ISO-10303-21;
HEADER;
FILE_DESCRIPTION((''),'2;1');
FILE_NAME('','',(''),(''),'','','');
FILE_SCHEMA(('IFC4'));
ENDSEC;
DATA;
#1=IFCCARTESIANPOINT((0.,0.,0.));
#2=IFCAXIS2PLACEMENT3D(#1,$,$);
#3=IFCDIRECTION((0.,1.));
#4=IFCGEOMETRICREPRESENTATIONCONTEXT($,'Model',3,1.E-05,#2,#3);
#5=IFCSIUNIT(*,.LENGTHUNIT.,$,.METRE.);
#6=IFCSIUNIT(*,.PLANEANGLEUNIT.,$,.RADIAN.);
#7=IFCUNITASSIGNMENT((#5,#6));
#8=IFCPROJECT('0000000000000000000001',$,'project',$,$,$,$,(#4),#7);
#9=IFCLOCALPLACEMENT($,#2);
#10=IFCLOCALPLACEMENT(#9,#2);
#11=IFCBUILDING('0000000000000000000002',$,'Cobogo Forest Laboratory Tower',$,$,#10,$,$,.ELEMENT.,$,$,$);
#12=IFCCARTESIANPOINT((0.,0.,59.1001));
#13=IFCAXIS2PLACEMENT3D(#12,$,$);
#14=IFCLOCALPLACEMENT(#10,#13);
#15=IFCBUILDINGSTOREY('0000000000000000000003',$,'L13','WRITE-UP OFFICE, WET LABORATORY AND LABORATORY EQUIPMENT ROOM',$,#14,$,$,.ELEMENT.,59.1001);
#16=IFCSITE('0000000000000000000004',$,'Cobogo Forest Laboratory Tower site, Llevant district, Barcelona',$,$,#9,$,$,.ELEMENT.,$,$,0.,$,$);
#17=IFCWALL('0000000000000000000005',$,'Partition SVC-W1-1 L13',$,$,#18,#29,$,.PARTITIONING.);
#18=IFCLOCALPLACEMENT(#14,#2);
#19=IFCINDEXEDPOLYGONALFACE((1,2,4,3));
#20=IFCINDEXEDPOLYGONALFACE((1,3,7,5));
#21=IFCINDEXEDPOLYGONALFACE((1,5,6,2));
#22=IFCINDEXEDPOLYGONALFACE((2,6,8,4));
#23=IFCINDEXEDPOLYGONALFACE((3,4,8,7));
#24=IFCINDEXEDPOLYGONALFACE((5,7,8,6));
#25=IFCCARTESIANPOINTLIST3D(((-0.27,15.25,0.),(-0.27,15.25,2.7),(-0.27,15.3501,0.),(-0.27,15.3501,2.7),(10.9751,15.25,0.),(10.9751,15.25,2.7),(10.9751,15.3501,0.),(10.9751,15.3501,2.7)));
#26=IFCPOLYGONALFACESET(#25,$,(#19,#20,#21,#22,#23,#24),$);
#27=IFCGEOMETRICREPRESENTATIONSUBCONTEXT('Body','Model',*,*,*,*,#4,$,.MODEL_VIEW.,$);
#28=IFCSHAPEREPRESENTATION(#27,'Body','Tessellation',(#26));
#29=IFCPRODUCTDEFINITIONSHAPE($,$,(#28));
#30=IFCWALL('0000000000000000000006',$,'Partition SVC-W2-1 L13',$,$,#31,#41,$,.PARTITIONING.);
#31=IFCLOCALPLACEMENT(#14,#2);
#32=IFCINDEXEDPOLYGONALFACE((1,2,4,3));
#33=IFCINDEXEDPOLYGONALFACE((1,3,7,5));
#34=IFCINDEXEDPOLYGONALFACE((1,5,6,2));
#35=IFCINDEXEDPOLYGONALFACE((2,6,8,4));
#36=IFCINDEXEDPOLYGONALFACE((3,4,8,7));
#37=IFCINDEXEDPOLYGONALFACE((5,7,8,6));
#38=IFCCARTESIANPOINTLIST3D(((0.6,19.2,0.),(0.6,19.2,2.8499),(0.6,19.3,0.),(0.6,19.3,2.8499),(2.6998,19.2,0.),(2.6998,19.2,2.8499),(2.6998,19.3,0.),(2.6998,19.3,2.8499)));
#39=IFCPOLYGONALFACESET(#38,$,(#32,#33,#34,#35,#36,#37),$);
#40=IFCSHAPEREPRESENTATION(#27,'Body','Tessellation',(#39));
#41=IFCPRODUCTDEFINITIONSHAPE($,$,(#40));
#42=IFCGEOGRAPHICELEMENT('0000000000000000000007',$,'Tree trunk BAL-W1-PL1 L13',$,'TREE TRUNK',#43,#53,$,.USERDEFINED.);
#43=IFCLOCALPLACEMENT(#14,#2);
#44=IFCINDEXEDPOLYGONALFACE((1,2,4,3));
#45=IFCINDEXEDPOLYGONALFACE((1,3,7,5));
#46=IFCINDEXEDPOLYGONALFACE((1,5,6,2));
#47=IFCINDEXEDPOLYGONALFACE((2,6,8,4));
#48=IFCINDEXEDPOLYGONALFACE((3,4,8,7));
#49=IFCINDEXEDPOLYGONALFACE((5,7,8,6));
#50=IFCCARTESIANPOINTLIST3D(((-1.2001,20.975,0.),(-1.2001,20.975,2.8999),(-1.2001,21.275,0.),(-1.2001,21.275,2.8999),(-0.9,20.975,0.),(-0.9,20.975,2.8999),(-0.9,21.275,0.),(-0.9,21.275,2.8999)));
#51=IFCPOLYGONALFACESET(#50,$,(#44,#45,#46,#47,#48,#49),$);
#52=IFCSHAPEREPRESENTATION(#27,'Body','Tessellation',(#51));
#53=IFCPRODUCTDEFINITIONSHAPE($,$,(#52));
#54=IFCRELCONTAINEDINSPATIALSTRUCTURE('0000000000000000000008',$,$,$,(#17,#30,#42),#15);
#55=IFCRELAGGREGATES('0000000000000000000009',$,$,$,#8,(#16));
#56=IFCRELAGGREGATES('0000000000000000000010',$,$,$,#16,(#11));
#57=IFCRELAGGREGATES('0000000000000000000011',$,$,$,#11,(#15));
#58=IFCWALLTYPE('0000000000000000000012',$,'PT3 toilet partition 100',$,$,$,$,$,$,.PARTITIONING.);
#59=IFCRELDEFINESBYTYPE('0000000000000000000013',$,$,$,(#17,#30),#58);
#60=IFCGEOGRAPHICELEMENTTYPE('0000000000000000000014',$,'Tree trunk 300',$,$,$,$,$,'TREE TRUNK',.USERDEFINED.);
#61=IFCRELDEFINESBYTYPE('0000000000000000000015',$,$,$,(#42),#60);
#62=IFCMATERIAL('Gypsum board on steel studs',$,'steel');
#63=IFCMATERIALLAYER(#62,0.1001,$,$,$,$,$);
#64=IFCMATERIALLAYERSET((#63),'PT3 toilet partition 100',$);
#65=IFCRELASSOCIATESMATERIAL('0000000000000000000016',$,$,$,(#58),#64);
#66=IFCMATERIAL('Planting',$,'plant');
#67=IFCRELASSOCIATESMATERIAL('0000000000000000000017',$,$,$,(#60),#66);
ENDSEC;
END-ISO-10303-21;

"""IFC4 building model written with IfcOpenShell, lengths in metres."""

from ifc_helpers import new_model, si_unit, direction, frame, frame_2d, origin, origin_2d, place, context, subcontext, project, spatial, rectangle, extrude, material, layer, layer_set, type_object, element, save


model = new_model("IFC4")

# Units and contexts
model_context = context("Model", 3, precision=1e-05, world=origin(), true_north=direction((0.0, 1.0)))
body_context = subcontext(model_context, "Body", "Model", "MODEL_VIEW")
ifc_project = project(units=[si_unit("LENGTHUNIT", "METRE"), si_unit("PLANEANGLEUNIT", "RADIAN")], contexts=[model_context])

# Site, building, storey
site_placement = place(None, origin())
site = spatial("IfcSite", under=ifc_project, at=site_placement, Name="Cobogo Forest Laboratory Tower site, Llevant district, Barcelona", CompositionType="ELEMENT", RefElevation=0.0)
building_placement = place(site_placement, origin())
building = spatial("IfcBuilding", under=site, at=building_placement, Name="Cobogo Forest Laboratory Tower", CompositionType="ELEMENT")
storey_placement = place(building_placement, frame((0.0, 0.0, 59.1001)))
storey = spatial("IfcBuildingStorey", under=building, at=storey_placement, Name="L13", Description="WRITE-UP OFFICE, WET LABORATORY AND LABORATORY EQUIPMENT ROOM", CompositionType="ELEMENT", Elevation=59.1001)

# Walls
ifc_material_1 = material(Name="Gypsum board on steel studs", Category="steel")
ifc_layer_1 = layer(ifc_material_1, 0.1001)
ifc_layer_set_1 = layer_set([ifc_layer_1], Name="PT3 toilet partition 100")
wall_type = type_object("IfcWallType", Name="PT3 toilet partition 100", PredefinedType="PARTITIONING", material=ifc_layer_set_1)
wall_1_placement = place(storey_placement, frame((-0.27, 15.3, 0.0), z_axis=(0.0, 0.0, 1.0), x_axis=(1.0, 0.0, 0.0)))
element("IfcWall", 1, at=wall_1_placement, inside=storey, type_object=wall_type, Name="Partition SVC-W1-1 L13", PredefinedType="PARTITIONING", context=body_context, shape_type="SweptSolid", body=[
    extrude(rectangle(XDim=11.2451, YDim=0.1001, at=frame_2d((5.6226, 0.0))), origin(), (0.0, 0.0, 1.0), 2.7),
])
wall_2_placement = place(storey_placement, frame((0.6001, 19.25, 0.0), z_axis=(0.0, 0.0, 1.0), x_axis=(1.0, 0.0, 0.0)))
element("IfcWall", 2, at=wall_2_placement, inside=storey, type_object=wall_type, Name="Partition SVC-W2-1 L13", PredefinedType="PARTITIONING", context=body_context, shape_type="SweptSolid", body=[
    extrude(rectangle(XDim=2.0999, YDim=0.1001, at=frame_2d((1.0498, 0.0))), origin(), (0.0, 0.0, 1.0), 2.8499),
])

# Geographic element
ifc_material_2 = material(Name="Planting", Category="plant")
geographic_element_type = type_object("IfcGeographicElementType", Name="Tree trunk 300", ElementType="TREE TRUNK", PredefinedType="USERDEFINED", material=ifc_material_2)
geographic_element_placement = place(storey_placement, frame((-1.05, 21.125, 0.0), z_axis=(0.0, 0.0, 1.0), x_axis=(1.0, 0.0, 0.0)))
element("IfcGeographicElement", 3, at=geographic_element_placement, inside=storey, type_object=geographic_element_type, Name="Tree trunk BAL-W1-PL1 L13", ObjectType="TREE TRUNK", PredefinedType="USERDEFINED", context=body_context, shape_type="SweptSolid", body=[
    extrude(rectangle(XDim=0.3, YDim=0.3, at=origin_2d()), origin(), (0.0, 0.0, 1.0), 2.8999),
])

save(model, "model.ifc")
